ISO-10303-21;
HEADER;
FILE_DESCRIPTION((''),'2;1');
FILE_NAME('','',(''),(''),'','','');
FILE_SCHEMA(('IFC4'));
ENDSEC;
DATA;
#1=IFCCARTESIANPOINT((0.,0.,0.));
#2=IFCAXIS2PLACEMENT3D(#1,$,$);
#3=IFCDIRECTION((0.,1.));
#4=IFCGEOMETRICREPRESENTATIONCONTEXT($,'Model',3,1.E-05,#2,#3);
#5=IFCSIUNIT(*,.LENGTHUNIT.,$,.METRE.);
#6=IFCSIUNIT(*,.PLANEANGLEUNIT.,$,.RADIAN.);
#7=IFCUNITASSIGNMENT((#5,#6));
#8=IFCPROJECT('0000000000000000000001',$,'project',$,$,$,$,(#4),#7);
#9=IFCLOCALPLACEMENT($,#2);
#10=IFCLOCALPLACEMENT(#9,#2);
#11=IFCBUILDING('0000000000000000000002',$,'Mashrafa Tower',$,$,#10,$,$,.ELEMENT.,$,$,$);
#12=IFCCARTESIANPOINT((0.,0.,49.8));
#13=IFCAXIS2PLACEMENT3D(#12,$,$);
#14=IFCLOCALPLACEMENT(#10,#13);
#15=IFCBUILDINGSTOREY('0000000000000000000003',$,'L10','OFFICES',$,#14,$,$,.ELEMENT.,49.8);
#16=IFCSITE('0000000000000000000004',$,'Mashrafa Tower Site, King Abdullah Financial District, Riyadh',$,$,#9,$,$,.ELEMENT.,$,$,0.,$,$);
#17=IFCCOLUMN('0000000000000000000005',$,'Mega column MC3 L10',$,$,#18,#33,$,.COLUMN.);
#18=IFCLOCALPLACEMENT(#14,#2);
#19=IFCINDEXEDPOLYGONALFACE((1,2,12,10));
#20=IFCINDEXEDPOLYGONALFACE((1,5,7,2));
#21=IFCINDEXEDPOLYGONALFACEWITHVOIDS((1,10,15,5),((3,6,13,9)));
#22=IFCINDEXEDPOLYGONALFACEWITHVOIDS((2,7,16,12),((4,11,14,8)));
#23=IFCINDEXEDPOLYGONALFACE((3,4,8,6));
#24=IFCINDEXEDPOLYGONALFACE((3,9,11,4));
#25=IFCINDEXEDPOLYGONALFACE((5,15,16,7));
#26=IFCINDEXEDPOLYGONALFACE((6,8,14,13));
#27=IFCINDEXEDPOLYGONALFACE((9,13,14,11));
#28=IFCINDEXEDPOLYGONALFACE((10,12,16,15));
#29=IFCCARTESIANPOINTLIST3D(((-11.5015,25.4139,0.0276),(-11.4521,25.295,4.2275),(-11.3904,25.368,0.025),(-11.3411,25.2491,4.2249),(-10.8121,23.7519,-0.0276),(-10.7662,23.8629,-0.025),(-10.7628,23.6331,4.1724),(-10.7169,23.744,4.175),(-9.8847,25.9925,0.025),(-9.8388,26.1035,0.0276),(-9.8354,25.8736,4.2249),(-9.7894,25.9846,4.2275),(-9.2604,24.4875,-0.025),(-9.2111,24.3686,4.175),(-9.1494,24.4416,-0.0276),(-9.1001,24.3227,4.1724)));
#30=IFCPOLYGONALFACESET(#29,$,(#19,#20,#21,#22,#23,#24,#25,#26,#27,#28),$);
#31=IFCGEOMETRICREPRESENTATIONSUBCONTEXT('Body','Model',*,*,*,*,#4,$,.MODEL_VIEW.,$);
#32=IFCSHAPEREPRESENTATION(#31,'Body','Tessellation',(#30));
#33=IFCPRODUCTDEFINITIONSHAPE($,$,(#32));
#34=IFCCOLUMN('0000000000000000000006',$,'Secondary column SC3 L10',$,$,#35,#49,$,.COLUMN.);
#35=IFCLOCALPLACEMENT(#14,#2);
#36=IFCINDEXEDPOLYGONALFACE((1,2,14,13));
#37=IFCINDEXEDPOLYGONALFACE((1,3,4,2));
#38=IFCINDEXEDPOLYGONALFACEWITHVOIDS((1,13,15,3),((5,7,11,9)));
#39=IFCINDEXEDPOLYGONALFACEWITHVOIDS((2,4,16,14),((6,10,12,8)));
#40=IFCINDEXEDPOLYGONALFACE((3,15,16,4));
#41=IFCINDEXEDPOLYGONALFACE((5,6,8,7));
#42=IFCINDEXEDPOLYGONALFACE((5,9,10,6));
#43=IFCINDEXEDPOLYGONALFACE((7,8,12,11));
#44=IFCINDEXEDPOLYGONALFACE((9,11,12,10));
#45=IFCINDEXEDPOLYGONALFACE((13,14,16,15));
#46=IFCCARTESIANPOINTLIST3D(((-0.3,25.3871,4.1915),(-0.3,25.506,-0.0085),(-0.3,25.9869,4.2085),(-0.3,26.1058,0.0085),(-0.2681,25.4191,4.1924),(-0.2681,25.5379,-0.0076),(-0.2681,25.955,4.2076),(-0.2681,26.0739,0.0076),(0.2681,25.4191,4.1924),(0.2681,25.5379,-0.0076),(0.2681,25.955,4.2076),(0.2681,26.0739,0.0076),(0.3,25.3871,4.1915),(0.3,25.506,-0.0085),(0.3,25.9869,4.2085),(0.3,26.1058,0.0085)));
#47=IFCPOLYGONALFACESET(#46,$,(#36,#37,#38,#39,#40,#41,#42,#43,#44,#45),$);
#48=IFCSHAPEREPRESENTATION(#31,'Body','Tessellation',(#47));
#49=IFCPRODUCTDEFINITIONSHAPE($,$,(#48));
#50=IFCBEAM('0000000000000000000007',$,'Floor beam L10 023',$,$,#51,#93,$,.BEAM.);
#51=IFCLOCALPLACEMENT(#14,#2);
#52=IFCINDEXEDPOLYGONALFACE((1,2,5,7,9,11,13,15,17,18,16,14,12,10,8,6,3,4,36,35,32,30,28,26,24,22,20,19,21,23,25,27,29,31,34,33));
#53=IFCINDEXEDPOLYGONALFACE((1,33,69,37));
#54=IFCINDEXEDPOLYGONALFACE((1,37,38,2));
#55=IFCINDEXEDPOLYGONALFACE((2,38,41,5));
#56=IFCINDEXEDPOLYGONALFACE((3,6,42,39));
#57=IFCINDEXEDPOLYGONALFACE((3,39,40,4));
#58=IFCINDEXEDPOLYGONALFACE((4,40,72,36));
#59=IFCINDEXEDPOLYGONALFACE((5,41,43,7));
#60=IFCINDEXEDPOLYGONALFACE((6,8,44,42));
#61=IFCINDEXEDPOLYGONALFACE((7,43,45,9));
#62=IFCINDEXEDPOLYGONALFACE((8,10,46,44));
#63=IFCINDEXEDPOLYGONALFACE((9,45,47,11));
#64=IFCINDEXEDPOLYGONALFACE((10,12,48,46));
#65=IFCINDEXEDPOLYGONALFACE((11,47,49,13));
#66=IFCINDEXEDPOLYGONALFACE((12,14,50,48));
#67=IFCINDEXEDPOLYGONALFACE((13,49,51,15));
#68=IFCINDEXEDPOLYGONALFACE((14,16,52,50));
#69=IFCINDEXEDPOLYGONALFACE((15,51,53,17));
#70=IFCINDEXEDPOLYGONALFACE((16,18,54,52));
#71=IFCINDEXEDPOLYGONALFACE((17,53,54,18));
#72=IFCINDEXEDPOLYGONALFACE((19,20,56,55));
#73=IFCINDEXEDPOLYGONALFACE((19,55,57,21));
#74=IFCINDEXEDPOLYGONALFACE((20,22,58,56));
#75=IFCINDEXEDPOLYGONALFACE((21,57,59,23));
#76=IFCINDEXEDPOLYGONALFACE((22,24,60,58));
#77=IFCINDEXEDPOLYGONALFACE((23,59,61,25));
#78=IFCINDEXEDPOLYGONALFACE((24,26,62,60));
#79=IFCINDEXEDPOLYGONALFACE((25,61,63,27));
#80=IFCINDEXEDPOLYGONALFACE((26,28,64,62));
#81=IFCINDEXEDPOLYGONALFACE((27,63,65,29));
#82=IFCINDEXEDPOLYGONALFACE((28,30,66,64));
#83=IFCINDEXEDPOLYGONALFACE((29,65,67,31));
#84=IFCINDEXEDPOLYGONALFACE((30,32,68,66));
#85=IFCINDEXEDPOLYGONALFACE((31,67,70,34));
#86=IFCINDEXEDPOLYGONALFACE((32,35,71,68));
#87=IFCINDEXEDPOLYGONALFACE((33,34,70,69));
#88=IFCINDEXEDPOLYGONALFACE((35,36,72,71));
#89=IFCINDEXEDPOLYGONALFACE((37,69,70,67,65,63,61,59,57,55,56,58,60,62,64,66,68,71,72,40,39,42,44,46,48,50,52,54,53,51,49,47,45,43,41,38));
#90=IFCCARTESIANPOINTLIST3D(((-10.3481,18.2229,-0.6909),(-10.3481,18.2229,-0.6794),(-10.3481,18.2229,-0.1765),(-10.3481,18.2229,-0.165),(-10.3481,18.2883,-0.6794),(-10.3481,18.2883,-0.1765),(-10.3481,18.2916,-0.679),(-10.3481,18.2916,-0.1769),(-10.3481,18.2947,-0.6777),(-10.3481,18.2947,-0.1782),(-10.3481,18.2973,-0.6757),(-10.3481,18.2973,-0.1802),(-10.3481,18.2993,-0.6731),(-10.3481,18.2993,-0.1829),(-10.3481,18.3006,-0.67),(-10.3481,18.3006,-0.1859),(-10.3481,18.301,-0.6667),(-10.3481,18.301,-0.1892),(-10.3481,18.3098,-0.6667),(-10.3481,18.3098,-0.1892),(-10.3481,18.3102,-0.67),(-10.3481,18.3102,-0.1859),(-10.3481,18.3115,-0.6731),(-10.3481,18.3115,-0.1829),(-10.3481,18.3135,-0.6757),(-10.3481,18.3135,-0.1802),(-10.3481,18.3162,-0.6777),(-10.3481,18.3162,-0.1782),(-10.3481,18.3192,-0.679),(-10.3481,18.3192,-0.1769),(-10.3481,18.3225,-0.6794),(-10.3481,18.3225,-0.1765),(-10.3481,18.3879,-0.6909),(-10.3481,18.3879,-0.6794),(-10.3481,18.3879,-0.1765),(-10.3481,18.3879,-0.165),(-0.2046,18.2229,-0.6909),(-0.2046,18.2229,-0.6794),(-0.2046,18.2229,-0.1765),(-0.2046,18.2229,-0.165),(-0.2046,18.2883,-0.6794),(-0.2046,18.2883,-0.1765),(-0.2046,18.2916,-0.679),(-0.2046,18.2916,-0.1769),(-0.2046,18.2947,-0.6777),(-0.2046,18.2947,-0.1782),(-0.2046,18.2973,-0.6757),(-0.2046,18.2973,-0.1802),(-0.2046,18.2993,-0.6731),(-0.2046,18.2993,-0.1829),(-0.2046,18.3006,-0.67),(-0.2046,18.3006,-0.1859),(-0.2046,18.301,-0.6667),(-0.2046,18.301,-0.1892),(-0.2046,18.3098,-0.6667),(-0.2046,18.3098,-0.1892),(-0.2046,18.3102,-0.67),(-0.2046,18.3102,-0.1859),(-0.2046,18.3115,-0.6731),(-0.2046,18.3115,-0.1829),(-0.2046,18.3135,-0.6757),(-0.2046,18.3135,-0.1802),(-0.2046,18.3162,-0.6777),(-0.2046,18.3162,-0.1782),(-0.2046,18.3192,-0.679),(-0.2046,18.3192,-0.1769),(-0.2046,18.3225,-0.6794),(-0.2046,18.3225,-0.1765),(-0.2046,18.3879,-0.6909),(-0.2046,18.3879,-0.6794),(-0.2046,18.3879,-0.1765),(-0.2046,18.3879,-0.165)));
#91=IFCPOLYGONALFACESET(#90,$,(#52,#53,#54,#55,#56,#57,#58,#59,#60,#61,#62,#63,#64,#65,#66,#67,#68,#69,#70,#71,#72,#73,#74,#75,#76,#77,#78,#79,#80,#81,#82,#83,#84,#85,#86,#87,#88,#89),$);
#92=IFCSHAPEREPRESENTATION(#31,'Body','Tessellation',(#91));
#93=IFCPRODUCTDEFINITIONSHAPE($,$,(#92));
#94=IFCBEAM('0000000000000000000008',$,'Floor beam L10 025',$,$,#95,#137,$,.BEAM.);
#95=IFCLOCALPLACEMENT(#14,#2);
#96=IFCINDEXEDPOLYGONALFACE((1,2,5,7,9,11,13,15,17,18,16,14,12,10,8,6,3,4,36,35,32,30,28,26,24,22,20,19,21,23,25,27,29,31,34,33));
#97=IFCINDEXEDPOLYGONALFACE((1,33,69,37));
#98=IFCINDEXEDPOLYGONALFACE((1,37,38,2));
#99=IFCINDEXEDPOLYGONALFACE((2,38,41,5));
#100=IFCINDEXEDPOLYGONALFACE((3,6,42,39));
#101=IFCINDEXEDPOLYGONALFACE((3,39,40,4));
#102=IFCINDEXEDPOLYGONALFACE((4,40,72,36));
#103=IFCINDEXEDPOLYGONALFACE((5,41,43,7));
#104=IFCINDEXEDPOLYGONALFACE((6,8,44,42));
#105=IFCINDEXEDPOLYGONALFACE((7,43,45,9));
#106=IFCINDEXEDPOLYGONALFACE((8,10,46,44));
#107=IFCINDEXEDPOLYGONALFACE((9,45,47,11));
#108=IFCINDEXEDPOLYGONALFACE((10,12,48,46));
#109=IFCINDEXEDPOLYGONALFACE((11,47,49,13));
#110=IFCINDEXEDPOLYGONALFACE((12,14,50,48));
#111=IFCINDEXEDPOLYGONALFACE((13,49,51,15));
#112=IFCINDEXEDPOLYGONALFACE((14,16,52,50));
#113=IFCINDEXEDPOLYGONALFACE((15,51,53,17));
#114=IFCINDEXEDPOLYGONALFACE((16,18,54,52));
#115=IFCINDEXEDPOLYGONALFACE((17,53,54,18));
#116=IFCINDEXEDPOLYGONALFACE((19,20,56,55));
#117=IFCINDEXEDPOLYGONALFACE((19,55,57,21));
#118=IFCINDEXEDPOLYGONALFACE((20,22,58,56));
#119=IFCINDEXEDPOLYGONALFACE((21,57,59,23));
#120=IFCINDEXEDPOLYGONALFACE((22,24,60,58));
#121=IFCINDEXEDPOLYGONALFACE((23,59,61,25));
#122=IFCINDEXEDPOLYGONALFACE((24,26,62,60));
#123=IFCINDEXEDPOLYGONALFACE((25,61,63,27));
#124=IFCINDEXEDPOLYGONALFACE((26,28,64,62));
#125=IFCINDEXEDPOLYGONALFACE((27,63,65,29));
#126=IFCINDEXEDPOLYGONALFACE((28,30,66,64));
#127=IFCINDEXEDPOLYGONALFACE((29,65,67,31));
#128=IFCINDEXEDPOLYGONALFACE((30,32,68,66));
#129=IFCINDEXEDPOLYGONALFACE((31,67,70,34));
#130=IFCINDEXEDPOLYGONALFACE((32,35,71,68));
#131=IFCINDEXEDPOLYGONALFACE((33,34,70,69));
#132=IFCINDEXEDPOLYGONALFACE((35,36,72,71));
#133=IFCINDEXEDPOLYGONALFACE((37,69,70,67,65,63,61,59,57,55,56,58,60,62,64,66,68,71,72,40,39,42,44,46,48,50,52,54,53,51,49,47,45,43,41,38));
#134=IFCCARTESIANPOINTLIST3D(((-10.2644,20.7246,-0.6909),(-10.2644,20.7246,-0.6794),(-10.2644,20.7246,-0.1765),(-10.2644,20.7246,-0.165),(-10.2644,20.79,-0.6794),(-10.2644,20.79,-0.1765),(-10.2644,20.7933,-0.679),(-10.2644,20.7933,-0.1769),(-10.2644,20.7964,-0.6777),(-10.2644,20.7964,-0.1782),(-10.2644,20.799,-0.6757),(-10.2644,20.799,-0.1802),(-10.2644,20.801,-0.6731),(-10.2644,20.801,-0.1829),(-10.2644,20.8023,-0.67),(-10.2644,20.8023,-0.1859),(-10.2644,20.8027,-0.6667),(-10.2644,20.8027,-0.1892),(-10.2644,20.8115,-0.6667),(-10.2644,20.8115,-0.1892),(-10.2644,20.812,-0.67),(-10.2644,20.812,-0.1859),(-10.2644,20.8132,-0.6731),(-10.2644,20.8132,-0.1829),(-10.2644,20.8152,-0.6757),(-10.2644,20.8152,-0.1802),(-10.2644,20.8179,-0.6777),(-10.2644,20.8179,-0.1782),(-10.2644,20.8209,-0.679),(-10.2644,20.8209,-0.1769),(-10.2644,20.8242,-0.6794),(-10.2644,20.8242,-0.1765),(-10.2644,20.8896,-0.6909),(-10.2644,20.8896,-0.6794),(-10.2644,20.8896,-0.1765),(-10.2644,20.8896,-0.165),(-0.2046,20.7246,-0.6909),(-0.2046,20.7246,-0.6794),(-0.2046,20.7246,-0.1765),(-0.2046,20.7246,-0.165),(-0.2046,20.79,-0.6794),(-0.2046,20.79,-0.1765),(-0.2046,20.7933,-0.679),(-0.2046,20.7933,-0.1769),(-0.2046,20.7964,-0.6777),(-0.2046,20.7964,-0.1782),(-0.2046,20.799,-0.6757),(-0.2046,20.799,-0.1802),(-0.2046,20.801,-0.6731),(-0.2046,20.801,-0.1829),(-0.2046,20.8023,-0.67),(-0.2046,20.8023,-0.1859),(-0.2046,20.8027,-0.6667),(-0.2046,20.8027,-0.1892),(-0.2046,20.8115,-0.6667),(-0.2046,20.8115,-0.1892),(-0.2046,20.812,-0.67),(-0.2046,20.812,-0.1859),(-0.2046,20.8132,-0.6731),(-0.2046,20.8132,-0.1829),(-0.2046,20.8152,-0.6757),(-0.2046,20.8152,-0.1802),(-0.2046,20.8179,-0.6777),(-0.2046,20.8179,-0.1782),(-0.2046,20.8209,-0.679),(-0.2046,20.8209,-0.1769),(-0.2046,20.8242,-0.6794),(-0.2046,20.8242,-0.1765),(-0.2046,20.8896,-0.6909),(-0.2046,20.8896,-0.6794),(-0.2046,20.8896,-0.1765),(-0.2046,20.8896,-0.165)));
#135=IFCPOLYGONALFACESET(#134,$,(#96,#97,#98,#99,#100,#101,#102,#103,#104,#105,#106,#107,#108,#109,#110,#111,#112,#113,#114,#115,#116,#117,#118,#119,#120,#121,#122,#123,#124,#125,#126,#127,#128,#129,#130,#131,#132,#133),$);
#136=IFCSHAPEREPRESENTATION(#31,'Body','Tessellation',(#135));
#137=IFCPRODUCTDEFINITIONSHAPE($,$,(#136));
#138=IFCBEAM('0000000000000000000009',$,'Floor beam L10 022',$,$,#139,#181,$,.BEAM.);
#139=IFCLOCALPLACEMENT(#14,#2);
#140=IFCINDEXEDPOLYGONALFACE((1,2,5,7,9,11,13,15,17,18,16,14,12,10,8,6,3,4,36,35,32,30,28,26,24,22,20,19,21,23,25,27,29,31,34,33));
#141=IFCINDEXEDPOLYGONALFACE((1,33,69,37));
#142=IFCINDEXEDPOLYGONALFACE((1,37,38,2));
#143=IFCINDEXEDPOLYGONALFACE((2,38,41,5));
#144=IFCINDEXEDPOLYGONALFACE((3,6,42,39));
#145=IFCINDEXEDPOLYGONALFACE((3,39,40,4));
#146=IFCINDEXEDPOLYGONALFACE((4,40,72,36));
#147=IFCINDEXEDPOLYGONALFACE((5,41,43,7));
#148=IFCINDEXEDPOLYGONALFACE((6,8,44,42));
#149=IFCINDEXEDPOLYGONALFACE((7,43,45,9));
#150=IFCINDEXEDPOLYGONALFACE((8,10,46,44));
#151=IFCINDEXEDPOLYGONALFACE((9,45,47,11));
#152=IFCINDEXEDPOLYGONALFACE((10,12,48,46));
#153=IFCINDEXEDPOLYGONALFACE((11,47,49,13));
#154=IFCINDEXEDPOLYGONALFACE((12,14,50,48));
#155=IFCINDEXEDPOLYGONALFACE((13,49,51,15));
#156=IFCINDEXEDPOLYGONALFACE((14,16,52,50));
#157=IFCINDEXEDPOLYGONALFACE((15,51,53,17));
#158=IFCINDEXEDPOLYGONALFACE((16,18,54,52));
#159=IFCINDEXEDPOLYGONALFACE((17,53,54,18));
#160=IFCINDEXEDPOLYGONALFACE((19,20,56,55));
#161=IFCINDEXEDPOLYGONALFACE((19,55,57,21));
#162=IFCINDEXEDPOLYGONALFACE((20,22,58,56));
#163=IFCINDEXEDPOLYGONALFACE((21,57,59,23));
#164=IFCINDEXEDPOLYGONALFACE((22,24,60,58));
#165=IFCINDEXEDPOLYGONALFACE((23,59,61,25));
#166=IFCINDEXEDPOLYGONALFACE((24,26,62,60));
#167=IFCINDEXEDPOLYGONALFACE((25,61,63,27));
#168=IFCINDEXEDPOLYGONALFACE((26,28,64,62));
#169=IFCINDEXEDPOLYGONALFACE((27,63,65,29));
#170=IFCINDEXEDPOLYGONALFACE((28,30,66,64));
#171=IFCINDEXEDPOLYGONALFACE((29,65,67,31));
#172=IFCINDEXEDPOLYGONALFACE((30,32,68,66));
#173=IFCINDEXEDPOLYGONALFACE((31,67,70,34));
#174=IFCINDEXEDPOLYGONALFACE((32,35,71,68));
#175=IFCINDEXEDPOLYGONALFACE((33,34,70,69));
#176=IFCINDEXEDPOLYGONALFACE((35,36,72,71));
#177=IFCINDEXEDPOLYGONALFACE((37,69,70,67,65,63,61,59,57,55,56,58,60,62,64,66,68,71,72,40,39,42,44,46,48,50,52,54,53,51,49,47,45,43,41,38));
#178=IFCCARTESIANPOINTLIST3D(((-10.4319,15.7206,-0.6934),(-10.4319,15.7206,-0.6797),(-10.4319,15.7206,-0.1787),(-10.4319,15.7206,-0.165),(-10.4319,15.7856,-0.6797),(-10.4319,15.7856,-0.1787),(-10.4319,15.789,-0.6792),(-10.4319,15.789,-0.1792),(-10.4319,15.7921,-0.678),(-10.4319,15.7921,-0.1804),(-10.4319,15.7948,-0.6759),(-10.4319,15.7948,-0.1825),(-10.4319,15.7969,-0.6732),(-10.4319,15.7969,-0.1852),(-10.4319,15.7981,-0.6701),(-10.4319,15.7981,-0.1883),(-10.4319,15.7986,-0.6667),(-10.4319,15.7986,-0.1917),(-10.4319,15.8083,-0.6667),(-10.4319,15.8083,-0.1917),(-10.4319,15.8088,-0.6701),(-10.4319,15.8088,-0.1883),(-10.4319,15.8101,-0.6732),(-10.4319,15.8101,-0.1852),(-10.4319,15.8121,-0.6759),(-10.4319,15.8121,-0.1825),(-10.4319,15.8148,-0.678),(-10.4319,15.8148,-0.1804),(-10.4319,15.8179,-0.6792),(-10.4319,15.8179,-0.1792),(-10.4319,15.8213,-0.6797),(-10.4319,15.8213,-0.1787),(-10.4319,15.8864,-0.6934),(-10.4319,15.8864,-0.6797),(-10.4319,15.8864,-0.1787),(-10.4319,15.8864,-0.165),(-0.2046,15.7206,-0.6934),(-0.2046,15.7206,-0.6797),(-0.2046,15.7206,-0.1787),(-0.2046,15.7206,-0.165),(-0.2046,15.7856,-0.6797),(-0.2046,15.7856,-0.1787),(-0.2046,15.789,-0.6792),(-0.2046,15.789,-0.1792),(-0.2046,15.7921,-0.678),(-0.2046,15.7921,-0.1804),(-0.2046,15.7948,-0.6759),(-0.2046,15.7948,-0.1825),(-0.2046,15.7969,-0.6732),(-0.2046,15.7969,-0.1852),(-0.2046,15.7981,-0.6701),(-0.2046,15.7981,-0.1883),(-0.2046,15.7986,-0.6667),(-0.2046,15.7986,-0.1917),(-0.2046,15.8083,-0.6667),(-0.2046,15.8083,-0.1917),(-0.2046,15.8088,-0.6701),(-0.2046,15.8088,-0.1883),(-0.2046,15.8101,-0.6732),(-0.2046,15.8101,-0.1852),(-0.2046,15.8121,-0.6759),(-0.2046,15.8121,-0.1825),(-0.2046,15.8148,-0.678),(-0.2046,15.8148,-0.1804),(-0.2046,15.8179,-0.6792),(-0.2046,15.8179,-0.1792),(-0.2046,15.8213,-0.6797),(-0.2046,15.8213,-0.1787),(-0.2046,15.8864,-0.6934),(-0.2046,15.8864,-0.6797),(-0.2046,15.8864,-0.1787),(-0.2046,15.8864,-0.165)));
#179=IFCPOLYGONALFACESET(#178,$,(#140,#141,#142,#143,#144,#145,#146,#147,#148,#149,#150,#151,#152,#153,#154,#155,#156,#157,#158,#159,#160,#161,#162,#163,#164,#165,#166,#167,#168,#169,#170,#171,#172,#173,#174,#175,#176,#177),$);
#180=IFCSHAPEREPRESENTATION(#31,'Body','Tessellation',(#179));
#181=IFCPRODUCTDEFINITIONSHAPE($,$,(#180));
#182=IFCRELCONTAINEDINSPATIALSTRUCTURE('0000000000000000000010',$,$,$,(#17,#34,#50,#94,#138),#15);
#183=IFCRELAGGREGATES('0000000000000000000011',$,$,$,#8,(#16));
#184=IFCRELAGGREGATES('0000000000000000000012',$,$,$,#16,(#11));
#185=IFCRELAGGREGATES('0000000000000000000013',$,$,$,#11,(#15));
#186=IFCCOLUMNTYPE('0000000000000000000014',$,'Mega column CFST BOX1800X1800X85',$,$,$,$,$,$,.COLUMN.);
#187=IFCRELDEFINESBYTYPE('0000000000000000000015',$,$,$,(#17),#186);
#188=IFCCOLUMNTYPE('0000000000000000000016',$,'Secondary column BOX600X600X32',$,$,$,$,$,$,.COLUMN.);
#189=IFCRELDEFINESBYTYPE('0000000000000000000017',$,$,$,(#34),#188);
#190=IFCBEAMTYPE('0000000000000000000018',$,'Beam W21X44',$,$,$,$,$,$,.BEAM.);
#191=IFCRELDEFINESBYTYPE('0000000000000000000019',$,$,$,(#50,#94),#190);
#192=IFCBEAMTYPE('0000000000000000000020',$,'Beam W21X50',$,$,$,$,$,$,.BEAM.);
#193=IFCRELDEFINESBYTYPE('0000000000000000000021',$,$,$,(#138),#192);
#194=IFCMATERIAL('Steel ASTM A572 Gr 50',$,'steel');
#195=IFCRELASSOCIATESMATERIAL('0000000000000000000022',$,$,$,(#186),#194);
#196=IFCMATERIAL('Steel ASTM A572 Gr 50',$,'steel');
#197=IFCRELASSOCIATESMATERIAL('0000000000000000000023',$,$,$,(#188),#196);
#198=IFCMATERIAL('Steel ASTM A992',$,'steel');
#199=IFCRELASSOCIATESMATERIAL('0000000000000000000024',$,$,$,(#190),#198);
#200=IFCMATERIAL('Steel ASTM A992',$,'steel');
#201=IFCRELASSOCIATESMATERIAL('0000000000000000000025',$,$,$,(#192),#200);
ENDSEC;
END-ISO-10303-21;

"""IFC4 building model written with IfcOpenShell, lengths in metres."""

from ifc_helpers import new_model, si_unit, direction, frame, origin, origin_2d, place, context, subcontext, project, spatial, hollow_rectangle, i_section, extrude, material, material_profile, profile_set, type_object, element, save


model = new_model("IFC4")

# Units and contexts
model_context = context("Model", 3, precision=1e-05, world=origin(), true_north=direction((0.0, 1.0)))
body_context = subcontext(model_context, "Body", "Model", "MODEL_VIEW")
ifc_project = project(units=[si_unit("LENGTHUNIT", "METRE"), si_unit("PLANEANGLEUNIT", "RADIAN")], contexts=[model_context])

# Site, building, storey
site_placement = place(None, origin())
site = spatial("IfcSite", under=ifc_project, at=site_placement, Name="Mashrafa Tower Site, King Abdullah Financial District, Riyadh", CompositionType="ELEMENT", RefElevation=0.0)
building_placement = place(site_placement, origin())
building = spatial("IfcBuilding", under=site, at=building_placement, Name="Mashrafa Tower", CompositionType="ELEMENT")
storey_placement = place(building_placement, frame((0.0, 0.0, 49.8)))
storey = spatial("IfcBuildingStorey", under=building, at=storey_placement, Name="L10", Description="OFFICES", CompositionType="ELEMENT", Elevation=49.8)

# Columns
ifc_material_1 = material(Name="Steel ASTM A572 Gr 50", Category="steel")
ifc_material_profile_1 = material_profile(ifc_material_1, hollow_rectangle(XDim=1.8, YDim=1.8, WallThickness=0.085, at=origin_2d()), Name="BOX1800X1800X85")
ifc_profile_set_1 = profile_set([ifc_material_profile_1], Name="Steel ASTM A572 Gr 50")
column_type_1 = type_object("IfcColumnType", Name="Mega column CFST BOX1800X1800X85", PredefinedType="COLUMN", material=ifc_profile_set_1)
column_1_placement = place(storey_placement, frame((-10.3254, 24.9277, 0.0), z_axis=(0.011737, -0.028296, 0.999531), x_axis=(0.923693, 0.383133, 0.0)))
element("IfcColumn", 1, at=column_1_placement, inside=storey, type_object=column_type_1, Name="Mega column MC3 L10", PredefinedType="COLUMN", context=body_context, shape_type="SweptSolid", body=[
    extrude(hollow_rectangle(XDim=1.8, YDim=1.8, WallThickness=0.085, at=origin_2d()), origin(), (0.0, 0.0, 1.0), 4.2019),
])
ifc_material_2 = material(Name="Steel ASTM A572 Gr 50", Category="steel")
ifc_material_profile_2 = material_profile(ifc_material_2, hollow_rectangle(XDim=0.6001, YDim=0.6001, WallThickness=0.032, at=origin_2d()), Name="BOX600X600X32")
ifc_profile_set_2 = profile_set([ifc_material_profile_2], Name="Steel ASTM A572 Gr 50")
column_type_2 = type_object("IfcColumnType", Name="Secondary column BOX600X600X32", PredefinedType="COLUMN", material=ifc_profile_set_2)
column_2_placement = place(storey_placement, frame((0.0, 25.8059, 0.0), z_axis=(0.0, -0.028298, 0.9996), x_axis=(1.0, 0.0, 0.0)))
element("IfcColumn", 2, at=column_2_placement, inside=storey, type_object=column_type_2, Name="Secondary column SC3 L10", PredefinedType="COLUMN", context=body_context, shape_type="SweptSolid", body=[
    extrude(hollow_rectangle(XDim=0.6001, YDim=0.6001, WallThickness=0.032, at=origin_2d()), origin(), (0.0, 0.0, 1.0), 4.2017),
])

# Beams
ifc_material_3 = material(Name="Steel ASTM A992", Category="steel")
ifc_material_profile_3 = material_profile(ifc_material_3, i_section(OverallWidth=0.165, OverallDepth=0.5259, WebThickness=0.0088, FlangeThickness=0.0115, FilletRadius=0.0127, at=origin_2d()), Name="W21X44")
ifc_profile_set_3 = profile_set([ifc_material_profile_3], Name="Steel ASTM A992")
beam_type_1 = type_object("IfcBeamType", Name="Beam W21X44", PredefinedType="BEAM", material=ifc_profile_set_3)
beam_1_placement = place(storey_placement, frame((-10.3481, 18.3054, -0.428), z_axis=(1.0, 0.0, 0.0), x_axis=(0.0, 1.0, 0.0)))
element("IfcBeam", 3, at=beam_1_placement, inside=storey, type_object=beam_type_1, Name="Floor beam L10 023", PredefinedType="BEAM", context=body_context, shape_type="SweptSolid", body=[
    extrude(i_section(OverallWidth=0.165, OverallDepth=0.5259, WebThickness=0.0088, FlangeThickness=0.0115, FilletRadius=0.0127, at=origin_2d()), origin(), (0.0, 0.0, 1.0), 10.1436),
])
beam_2_placement = place(storey_placement, frame((-10.2644, 20.8071, -0.428), z_axis=(1.0, 0.0, 0.0), x_axis=(0.0, 1.0, 0.0)))
element("IfcBeam", 4, at=beam_2_placement, inside=storey, type_object=beam_type_1, Name="Floor beam L10 025", PredefinedType="BEAM", context=body_context, shape_type="SweptSolid", body=[
    extrude(i_section(OverallWidth=0.165, OverallDepth=0.5259, WebThickness=0.0088, FlangeThickness=0.0115, FilletRadius=0.0127, at=origin_2d()), origin(), (0.0, 0.0, 1.0), 10.0598),
])
ifc_material_4 = material(Name="Steel ASTM A992", Category="steel")
ifc_material_profile_4 = material_profile(ifc_material_4, i_section(OverallWidth=0.1658, OverallDepth=0.5283, WebThickness=0.0098, FlangeThickness=0.0137, FilletRadius=0.0129, at=origin_2d()), Name="W21X50")
ifc_profile_set_4 = profile_set([ifc_material_profile_4], Name="Steel ASTM A992")
beam_type_2 = type_object("IfcBeamType", Name="Beam W21X50", PredefinedType="BEAM", material=ifc_profile_set_4)
beam_3_placement = place(storey_placement, frame((-10.4319, 15.8035, -0.4292), z_axis=(1.0, 0.0, 0.0), x_axis=(0.0, 1.0, 0.0)))
element("IfcBeam", 5, at=beam_3_placement, inside=storey, type_object=beam_type_2, Name="Floor beam L10 022", PredefinedType="BEAM", context=body_context, shape_type="SweptSolid", body=[
    extrude(i_section(OverallWidth=0.1658, OverallDepth=0.5283, WebThickness=0.0098, FlangeThickness=0.0137, FilletRadius=0.0129, at=origin_2d()), origin(), (0.0, 0.0, 1.0), 10.2273),
])

save(model, "model.ifc")
